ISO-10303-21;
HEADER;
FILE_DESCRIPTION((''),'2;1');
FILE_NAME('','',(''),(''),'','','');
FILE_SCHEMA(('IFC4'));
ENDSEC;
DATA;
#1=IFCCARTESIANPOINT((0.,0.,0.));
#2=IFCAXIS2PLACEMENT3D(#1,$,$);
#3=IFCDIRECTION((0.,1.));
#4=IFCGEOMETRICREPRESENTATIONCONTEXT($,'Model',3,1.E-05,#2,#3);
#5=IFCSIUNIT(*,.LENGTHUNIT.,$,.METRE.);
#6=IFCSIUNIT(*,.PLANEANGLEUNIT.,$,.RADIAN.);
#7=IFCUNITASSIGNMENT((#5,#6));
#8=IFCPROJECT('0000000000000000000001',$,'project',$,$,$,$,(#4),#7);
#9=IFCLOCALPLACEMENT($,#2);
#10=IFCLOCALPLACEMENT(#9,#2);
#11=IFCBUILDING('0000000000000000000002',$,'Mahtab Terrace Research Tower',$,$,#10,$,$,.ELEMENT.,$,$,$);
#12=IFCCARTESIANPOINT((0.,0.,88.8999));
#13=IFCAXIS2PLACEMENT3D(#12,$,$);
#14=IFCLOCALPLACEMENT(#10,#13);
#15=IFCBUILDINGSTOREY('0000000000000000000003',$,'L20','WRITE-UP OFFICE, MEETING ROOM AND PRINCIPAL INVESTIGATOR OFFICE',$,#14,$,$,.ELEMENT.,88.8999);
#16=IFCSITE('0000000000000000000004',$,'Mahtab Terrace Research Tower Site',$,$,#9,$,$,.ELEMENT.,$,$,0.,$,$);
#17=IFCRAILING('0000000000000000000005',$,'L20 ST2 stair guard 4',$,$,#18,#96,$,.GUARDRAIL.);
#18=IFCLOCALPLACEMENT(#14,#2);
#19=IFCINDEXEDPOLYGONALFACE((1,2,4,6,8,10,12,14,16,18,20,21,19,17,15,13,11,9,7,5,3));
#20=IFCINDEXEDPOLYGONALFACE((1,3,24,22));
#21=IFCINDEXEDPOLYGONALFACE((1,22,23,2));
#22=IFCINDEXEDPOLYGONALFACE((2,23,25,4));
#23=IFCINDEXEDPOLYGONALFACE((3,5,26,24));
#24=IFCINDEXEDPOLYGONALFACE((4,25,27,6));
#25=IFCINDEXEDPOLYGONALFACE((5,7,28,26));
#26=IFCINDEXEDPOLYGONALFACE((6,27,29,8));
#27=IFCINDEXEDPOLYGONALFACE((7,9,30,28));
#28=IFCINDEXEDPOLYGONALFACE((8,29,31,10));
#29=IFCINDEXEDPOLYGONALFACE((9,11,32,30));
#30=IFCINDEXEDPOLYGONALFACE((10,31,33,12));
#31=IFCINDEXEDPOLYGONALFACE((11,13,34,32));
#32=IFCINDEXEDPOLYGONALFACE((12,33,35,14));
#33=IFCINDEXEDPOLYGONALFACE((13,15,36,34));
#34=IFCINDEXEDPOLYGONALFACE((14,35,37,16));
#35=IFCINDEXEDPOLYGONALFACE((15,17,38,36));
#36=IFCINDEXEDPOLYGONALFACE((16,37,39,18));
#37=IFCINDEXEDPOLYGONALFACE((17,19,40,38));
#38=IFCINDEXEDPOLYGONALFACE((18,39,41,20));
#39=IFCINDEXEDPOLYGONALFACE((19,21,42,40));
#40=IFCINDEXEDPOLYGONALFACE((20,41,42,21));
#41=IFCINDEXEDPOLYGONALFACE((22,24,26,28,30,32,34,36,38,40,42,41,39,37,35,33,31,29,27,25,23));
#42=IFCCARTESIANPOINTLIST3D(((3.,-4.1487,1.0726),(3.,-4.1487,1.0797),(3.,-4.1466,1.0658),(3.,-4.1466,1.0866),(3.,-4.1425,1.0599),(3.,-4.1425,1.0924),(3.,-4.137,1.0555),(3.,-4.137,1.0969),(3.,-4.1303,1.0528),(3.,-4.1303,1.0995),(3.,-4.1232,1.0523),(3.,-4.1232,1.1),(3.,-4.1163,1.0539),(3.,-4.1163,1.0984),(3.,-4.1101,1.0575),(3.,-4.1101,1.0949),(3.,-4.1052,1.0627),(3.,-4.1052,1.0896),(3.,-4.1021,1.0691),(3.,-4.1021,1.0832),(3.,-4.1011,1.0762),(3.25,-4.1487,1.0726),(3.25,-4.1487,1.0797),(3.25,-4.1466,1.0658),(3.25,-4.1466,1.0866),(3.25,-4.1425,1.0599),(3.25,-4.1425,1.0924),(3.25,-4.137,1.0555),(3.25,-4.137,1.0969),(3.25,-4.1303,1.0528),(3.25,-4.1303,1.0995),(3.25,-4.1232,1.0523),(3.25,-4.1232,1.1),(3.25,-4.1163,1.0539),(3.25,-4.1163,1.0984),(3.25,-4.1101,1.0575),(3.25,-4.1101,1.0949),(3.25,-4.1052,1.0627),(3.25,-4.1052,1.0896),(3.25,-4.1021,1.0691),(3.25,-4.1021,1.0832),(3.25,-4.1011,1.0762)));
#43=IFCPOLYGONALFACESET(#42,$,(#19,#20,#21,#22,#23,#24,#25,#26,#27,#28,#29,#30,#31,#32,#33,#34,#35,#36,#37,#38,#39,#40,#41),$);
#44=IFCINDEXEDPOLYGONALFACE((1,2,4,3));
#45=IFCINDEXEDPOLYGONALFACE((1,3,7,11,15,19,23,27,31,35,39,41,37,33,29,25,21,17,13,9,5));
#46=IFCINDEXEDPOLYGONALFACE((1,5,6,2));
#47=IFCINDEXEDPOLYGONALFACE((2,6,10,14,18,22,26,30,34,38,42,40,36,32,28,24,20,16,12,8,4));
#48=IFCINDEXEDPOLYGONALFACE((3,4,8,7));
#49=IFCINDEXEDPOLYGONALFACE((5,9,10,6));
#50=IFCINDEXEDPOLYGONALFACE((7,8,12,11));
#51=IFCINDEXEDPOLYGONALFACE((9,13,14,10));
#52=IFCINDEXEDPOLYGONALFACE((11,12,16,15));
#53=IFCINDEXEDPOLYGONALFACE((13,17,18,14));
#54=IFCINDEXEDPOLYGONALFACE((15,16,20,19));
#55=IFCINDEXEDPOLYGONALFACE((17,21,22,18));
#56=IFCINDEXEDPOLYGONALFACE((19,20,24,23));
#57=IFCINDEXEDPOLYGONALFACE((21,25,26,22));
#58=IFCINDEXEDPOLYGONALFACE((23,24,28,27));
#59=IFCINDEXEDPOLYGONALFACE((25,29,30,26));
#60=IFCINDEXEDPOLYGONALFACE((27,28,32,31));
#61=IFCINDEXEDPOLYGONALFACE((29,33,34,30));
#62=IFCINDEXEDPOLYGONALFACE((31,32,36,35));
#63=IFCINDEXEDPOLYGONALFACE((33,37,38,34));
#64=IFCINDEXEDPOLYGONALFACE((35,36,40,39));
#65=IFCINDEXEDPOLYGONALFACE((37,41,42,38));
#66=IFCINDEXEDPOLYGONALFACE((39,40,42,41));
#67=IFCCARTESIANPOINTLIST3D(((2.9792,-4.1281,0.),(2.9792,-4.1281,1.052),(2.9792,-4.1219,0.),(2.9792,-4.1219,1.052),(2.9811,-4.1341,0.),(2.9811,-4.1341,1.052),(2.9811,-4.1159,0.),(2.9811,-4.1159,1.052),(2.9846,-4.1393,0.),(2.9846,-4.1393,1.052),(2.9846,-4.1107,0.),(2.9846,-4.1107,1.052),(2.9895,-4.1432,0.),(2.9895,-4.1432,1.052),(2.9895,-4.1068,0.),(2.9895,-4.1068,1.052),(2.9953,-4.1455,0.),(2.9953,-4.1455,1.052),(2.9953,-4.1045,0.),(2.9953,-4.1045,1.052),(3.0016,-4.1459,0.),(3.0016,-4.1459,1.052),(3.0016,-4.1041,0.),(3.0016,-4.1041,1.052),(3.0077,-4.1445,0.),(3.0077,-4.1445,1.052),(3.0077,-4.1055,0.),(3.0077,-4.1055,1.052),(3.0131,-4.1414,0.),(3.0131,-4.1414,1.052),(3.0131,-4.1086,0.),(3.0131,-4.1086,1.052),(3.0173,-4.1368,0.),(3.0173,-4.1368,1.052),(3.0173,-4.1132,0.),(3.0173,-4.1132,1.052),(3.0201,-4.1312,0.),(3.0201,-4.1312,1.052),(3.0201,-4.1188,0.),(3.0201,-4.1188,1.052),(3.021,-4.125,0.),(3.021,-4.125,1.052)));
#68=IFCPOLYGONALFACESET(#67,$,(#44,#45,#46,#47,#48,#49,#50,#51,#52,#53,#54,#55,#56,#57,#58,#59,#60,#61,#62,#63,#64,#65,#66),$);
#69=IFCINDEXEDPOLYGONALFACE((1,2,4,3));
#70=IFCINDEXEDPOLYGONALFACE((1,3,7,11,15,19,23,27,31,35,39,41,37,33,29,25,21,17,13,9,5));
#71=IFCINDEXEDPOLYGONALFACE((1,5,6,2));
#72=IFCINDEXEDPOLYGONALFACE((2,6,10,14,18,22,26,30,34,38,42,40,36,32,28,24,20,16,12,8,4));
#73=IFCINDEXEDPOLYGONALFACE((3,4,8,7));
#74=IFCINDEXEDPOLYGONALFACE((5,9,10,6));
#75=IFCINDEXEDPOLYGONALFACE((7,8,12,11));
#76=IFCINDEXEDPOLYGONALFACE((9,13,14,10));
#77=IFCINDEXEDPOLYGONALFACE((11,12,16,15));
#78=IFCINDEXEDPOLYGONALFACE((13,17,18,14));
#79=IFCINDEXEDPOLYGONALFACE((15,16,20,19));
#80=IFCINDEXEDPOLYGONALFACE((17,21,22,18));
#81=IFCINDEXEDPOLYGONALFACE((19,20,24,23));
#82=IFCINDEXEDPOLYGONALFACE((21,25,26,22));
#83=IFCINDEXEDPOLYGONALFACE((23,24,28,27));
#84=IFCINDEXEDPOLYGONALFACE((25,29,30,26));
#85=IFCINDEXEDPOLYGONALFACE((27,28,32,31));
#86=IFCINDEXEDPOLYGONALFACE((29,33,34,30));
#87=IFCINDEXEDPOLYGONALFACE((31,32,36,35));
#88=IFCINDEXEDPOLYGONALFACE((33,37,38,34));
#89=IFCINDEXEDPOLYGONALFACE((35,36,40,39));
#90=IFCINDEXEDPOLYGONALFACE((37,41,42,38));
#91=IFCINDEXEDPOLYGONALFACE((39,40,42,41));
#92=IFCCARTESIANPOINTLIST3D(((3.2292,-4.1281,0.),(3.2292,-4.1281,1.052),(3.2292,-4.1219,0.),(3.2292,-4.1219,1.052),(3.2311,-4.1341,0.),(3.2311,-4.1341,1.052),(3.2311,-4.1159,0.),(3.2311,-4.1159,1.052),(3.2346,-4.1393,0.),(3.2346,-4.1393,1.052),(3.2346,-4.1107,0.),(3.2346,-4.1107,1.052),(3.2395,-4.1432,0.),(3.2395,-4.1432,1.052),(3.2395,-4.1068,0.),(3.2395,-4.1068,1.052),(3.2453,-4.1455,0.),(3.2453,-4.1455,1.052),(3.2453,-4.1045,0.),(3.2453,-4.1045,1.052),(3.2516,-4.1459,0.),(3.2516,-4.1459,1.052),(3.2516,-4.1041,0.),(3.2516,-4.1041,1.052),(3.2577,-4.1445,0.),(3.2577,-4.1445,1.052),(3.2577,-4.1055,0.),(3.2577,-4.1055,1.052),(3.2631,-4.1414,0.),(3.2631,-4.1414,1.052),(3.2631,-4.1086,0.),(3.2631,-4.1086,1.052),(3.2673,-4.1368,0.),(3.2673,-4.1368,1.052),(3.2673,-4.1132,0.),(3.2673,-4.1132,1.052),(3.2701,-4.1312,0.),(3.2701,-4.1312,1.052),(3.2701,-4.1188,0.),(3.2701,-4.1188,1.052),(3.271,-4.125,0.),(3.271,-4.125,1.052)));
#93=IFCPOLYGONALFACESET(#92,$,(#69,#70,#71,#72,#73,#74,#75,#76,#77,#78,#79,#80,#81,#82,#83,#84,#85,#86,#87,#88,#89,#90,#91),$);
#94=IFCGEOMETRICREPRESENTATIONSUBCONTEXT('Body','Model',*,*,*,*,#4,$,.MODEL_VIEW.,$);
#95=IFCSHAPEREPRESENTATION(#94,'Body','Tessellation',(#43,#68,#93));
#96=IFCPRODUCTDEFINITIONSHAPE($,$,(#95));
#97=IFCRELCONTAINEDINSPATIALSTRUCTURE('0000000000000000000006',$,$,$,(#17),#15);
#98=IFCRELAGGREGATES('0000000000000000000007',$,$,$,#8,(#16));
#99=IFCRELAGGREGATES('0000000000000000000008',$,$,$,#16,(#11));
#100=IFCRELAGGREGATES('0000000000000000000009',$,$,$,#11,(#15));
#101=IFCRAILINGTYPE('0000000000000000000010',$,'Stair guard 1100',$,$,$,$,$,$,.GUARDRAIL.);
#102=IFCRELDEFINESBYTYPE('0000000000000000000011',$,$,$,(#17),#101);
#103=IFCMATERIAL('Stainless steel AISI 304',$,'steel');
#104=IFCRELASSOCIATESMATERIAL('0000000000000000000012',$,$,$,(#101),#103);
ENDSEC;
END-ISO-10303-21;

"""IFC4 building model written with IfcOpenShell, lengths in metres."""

from ifc_helpers import new_model, si_unit, direction, frame, origin, origin_2d, place, context, subcontext, project, spatial, circle, extrude, material, type_object, element, save


model = new_model("IFC4")

# Units and contexts
model_context = context("Model", 3, precision=1e-05, world=origin(), true_north=direction((0.0, 1.0)))
body_context = subcontext(model_context, "Body", "Model", "MODEL_VIEW")
ifc_project = project(units=[si_unit("LENGTHUNIT", "METRE"), si_unit("PLANEANGLEUNIT", "RADIAN")], contexts=[model_context])

# Site, building, storey
site_placement = place(None, origin())
site = spatial("IfcSite", under=ifc_project, at=site_placement, Name="Mahtab Terrace Research Tower Site", CompositionType="ELEMENT", RefElevation=0.0)
building_placement = place(site_placement, origin())
building = spatial("IfcBuilding", under=site, at=building_placement, Name="Mahtab Terrace Research Tower", CompositionType="ELEMENT")
storey_placement = place(building_placement, frame((0.0, 0.0, 88.8999)))
storey = spatial("IfcBuildingStorey", under=building, at=storey_placement, Name="L20", Description="WRITE-UP OFFICE, MEETING ROOM AND PRINCIPAL INVESTIGATOR OFFICE", CompositionType="ELEMENT", Elevation=88.8999)

# Railing
ifc_material_1 = material(Name="Stainless steel AISI 304", Category="steel")
railing_type_1 = type_object("IfcRailingType", Name="Stair guard 1100", PredefinedType="GUARDRAIL", material=ifc_material_1)
railing_1_placement = place(storey_placement, frame((3.0, -4.125, 0.0)))
element("IfcRailing", 1, at=railing_1_placement, inside=storey, type_object=railing_type_1, Name="L20 ST2 stair guard 4", PredefinedType="GUARDRAIL", context=body_context, shape_type="SweptSolid", body=[
    extrude(circle(Radius=0.0239, at=origin_2d()), frame((0.0, 0.0, 1.0762), z_axis=(1.0, 0.0, 0.0), x_axis=(0.0, 1.0, 0.0)), (0.0, 0.0, 1.0), 0.25),
    extrude(circle(Radius=0.021, at=origin_2d()), origin(), (0.0, 0.0, 1.0), 1.052),
    extrude(circle(Radius=0.021, at=origin_2d()), frame((0.25, 0.0, 0.0)), (0.0, 0.0, 1.0), 1.052),
])

save(model, "model.ifc")
